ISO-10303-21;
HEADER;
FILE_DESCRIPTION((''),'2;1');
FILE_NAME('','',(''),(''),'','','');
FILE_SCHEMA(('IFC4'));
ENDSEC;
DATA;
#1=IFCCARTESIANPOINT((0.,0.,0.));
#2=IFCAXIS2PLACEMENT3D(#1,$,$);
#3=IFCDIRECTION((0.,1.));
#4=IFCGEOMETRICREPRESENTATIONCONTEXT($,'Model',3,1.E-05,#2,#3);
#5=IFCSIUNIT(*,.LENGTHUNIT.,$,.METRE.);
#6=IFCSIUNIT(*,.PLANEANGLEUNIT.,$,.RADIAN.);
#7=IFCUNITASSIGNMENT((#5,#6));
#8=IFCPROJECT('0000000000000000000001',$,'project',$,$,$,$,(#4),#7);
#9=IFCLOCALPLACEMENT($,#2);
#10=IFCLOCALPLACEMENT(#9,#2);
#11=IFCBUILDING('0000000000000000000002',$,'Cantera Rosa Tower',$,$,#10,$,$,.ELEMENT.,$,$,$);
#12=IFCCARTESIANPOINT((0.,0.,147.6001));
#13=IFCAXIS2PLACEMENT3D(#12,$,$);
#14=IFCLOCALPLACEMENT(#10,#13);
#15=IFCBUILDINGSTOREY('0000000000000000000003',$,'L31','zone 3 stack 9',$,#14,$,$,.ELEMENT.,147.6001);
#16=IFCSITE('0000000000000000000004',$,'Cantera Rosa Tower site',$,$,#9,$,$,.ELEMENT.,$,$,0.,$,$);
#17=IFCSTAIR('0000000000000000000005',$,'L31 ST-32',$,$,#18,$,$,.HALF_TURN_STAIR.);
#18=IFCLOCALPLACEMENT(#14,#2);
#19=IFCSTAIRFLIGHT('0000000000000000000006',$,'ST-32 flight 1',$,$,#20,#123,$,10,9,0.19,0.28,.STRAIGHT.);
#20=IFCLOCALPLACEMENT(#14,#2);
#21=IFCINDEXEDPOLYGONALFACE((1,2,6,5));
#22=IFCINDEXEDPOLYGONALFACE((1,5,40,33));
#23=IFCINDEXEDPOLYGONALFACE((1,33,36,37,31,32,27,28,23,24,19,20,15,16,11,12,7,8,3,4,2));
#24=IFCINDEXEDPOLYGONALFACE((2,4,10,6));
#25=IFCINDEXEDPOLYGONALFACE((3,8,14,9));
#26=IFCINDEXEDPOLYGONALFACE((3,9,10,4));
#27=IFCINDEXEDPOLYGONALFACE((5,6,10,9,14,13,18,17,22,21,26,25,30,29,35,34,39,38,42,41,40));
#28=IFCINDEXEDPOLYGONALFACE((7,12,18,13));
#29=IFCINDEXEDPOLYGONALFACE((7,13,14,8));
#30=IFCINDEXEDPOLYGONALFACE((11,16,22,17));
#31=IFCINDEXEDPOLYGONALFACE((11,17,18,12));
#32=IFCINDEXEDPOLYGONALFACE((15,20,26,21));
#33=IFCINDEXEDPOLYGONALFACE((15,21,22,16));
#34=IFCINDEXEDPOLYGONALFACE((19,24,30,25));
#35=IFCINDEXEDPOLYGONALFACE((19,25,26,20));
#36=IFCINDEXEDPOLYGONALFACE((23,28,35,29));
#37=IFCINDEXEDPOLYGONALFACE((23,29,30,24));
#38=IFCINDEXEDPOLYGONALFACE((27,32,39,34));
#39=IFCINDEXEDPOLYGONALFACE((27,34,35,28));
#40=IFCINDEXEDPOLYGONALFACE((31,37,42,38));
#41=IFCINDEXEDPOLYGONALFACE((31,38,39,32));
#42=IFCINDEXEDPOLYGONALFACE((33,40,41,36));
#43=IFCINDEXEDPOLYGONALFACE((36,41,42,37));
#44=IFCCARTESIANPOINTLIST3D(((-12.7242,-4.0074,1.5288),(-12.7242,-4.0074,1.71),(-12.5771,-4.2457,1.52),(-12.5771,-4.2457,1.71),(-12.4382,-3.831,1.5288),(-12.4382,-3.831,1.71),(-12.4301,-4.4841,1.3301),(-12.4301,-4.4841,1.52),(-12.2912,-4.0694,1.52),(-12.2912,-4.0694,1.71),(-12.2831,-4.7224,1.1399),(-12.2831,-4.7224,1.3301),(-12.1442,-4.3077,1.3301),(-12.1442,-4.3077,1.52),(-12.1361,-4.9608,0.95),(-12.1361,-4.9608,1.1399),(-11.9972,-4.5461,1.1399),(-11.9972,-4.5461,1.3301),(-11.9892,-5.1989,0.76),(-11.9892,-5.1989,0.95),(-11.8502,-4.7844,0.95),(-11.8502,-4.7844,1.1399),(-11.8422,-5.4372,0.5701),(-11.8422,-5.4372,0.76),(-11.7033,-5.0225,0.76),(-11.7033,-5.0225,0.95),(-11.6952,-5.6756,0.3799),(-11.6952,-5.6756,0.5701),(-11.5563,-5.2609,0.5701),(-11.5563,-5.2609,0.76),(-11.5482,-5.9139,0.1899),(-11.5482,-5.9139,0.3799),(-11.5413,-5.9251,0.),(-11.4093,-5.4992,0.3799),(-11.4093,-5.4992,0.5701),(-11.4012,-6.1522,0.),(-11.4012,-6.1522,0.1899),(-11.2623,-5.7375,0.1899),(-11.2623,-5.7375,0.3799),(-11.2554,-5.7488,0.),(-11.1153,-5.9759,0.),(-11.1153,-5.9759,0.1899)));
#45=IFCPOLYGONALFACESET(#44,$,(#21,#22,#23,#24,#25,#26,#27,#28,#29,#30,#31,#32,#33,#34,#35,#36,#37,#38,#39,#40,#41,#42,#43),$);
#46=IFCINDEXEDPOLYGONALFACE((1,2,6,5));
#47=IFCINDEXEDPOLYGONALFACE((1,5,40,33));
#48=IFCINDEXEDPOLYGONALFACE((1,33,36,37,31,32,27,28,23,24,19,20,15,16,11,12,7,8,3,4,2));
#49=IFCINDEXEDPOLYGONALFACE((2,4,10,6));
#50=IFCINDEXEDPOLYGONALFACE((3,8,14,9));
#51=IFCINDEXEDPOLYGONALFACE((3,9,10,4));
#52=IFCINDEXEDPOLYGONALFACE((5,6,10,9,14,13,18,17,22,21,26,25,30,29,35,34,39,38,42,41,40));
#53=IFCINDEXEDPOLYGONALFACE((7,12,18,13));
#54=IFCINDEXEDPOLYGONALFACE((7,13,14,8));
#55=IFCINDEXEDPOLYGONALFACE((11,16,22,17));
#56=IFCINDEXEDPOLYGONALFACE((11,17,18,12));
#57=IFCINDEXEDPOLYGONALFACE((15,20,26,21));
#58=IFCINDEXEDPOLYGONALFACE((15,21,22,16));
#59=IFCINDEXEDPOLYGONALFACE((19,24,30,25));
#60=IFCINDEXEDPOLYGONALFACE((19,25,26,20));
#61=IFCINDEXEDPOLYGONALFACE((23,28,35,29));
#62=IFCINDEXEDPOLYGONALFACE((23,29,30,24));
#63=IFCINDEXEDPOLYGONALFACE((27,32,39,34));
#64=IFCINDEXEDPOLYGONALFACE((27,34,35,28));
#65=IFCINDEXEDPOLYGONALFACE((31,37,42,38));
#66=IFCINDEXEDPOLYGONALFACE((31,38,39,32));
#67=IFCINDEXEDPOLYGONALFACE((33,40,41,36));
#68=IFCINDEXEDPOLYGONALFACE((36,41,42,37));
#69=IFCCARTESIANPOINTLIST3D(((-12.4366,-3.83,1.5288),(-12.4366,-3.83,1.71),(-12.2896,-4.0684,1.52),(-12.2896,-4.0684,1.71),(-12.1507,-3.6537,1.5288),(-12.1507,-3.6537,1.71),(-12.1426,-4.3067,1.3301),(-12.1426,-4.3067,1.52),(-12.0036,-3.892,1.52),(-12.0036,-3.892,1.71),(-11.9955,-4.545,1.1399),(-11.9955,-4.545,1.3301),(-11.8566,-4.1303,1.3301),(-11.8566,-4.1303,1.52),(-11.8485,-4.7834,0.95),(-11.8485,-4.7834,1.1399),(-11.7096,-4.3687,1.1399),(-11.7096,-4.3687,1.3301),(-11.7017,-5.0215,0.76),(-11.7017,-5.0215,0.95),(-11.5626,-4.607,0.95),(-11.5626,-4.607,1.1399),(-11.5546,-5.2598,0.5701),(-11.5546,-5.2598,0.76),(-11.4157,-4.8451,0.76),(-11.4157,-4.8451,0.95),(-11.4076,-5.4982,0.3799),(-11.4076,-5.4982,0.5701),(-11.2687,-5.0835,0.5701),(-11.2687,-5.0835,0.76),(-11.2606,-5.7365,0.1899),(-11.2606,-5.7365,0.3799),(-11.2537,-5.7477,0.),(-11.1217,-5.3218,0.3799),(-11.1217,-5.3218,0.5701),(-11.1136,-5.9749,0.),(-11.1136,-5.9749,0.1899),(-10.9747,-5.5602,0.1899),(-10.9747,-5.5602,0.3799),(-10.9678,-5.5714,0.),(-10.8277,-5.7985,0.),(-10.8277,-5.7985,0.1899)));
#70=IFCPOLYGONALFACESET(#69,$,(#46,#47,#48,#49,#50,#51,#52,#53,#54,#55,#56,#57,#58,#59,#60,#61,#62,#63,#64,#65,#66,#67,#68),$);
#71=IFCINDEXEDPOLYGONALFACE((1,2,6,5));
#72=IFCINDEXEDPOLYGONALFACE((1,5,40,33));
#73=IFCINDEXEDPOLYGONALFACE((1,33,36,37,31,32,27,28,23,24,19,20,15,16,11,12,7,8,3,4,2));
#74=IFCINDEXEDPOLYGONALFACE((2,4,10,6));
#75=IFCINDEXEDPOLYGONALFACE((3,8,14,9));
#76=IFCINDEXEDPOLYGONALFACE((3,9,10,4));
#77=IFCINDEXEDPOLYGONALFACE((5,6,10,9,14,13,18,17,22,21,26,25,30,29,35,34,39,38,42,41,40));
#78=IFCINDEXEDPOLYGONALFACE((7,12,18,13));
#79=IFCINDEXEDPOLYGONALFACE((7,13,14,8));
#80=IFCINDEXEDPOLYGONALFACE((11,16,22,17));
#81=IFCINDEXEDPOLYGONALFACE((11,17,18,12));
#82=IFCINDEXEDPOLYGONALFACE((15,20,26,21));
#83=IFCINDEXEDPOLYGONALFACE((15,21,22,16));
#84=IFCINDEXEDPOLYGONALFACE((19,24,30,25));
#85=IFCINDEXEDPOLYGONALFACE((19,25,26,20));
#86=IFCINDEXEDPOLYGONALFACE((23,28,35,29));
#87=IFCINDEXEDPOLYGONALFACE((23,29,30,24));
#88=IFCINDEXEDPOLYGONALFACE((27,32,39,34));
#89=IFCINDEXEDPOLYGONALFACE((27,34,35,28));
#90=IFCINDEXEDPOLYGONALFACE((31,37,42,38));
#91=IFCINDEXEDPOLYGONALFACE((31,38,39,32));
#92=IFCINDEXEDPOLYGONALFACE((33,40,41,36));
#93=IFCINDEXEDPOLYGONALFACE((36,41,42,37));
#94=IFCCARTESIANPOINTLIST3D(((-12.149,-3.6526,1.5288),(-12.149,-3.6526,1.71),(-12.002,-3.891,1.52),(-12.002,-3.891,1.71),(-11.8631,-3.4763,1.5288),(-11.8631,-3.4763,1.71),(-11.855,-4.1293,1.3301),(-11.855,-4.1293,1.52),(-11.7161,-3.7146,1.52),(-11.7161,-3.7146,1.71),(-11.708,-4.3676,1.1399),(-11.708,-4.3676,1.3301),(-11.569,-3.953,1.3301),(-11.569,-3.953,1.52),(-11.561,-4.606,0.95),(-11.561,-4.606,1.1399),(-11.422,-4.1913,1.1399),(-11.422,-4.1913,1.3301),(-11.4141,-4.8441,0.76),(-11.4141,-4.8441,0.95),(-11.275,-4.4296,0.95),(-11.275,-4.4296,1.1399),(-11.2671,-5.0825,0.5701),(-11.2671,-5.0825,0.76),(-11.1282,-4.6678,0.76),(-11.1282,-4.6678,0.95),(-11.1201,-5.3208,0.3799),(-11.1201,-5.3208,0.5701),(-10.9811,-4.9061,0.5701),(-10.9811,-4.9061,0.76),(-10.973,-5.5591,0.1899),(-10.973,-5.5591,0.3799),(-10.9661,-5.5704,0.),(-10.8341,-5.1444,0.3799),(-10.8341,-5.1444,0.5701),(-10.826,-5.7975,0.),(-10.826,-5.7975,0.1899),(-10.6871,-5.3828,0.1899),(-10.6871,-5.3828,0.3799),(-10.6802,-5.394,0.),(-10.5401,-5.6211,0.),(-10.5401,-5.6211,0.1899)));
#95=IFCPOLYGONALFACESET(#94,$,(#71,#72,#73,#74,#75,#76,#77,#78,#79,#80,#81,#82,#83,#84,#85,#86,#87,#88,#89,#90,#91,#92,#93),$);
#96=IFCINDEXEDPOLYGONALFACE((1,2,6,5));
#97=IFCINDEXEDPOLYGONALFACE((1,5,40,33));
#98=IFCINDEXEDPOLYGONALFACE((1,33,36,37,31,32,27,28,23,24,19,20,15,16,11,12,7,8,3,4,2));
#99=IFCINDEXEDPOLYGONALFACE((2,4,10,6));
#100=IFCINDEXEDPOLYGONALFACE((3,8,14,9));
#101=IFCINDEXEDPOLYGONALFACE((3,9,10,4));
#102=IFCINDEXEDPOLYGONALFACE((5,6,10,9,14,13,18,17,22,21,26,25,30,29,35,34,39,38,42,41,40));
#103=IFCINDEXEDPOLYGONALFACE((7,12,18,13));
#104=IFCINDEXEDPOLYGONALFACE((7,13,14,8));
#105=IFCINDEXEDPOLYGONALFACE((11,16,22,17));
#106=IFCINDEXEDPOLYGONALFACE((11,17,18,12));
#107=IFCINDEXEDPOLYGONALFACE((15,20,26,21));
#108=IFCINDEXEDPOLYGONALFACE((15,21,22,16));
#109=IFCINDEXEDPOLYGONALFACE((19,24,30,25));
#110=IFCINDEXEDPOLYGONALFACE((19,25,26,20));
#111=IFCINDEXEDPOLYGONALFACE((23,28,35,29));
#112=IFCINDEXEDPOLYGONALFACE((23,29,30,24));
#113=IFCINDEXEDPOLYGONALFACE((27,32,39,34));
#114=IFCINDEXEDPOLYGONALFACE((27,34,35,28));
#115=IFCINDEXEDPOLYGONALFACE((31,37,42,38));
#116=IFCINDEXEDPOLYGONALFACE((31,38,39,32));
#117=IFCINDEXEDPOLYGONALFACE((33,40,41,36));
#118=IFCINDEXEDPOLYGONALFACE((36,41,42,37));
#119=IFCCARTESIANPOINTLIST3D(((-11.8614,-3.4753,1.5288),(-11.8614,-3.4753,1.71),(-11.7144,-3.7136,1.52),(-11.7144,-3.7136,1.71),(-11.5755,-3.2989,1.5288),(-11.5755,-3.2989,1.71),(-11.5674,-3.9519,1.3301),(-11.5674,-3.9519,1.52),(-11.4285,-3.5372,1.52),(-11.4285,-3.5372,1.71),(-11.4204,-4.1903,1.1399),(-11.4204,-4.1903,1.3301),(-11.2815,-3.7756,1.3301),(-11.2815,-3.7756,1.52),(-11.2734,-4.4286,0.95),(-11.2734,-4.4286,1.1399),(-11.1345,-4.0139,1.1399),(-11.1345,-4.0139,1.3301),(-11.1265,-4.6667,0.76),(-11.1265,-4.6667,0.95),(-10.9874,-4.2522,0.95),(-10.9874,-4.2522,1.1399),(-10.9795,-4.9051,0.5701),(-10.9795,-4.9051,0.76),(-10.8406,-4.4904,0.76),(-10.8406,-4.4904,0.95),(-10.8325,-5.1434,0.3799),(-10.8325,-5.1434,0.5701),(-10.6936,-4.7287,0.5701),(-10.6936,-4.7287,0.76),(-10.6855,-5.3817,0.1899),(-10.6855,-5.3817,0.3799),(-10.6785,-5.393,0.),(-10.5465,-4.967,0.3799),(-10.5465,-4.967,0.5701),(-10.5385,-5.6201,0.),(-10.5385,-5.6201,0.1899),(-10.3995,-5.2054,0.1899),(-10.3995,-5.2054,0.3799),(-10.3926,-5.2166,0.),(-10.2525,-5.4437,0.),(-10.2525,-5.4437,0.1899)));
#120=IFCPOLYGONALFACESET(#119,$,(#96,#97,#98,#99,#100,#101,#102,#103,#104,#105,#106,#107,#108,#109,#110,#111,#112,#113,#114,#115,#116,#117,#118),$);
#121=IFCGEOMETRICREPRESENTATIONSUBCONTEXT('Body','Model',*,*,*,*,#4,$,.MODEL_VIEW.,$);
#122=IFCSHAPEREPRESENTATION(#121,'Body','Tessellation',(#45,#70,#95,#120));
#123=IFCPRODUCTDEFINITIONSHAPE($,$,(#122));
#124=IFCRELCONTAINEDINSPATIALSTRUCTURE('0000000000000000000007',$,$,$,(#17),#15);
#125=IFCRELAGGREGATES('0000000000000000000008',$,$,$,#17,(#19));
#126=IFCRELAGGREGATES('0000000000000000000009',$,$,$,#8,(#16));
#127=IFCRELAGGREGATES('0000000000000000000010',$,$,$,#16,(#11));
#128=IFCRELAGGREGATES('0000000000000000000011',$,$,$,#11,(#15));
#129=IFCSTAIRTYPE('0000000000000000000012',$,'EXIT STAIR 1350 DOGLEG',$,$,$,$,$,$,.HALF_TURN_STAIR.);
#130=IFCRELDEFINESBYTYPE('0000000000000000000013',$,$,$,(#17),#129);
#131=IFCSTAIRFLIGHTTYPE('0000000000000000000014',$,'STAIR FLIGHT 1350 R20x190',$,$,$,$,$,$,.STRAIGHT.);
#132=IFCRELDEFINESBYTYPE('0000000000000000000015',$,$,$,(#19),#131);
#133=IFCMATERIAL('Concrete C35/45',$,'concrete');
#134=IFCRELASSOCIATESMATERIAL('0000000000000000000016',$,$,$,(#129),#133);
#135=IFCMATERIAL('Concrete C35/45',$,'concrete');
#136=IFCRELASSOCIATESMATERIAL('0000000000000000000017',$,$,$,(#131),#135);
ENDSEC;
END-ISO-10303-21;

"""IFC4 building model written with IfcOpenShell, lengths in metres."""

from ifc_helpers import new_model, si_unit, direction, frame, origin, place, context, subcontext, project, spatial, polyline, outline, extrude, material, type_object, element, aggregate, save


model = new_model("IFC4")

# Units and contexts
model_context = context("Model", 3, precision=1e-05, world=origin(), true_north=direction((0.0, 1.0)))
body_context = subcontext(model_context, "Body", "Model", "MODEL_VIEW")
ifc_project = project(units=[si_unit("LENGTHUNIT", "METRE"), si_unit("PLANEANGLEUNIT", "RADIAN")], contexts=[model_context])

# Site, building, storey
site_placement = place(None, origin())
site = spatial("IfcSite", under=ifc_project, at=site_placement, Name="Cantera Rosa Tower site", CompositionType="ELEMENT", RefElevation=0.0)
building_placement = place(site_placement, origin())
building = spatial("IfcBuilding", under=site, at=building_placement, Name="Cantera Rosa Tower", CompositionType="ELEMENT")
storey_placement = place(building_placement, frame((0.0, 0.0, 147.6001)))
storey = spatial("IfcBuildingStorey", under=building, at=storey_placement, Name="L31", Description="zone 3 stack 9", CompositionType="ELEMENT", Elevation=147.6001)

# Stair, stair flight
ifc_material_1 = material(Name="Concrete C35/45", Category="concrete")
stair_type = type_object("IfcStairType", Name="EXIT STAIR 1350 DOGLEG", PredefinedType="HALF_TURN_STAIR", material=ifc_material_1)
stair_1_placement = place(storey_placement, origin())
stair_1 = element("IfcStair", 1, at=stair_1_placement, inside=storey, type_object=stair_type, Name="L31 ST-32", PredefinedType="HALF_TURN_STAIR")
ifc_material_2 = material(Name="Concrete C35/45", Category="concrete")
stair_flight_type = type_object("IfcStairFlightType", Name="STAIR FLIGHT 1350 R20x190", PredefinedType="STRAIGHT", material=ifc_material_2)
stair_flight_1_placement = place(storey_placement, frame((-10.8267, -5.7979, 0.0), z_axis=(0.0, 0.0, 1.0), x_axis=(-0.524977, 0.851117, 0.0)))
stair_flight_1 = element("IfcStairFlight", 2, at=stair_flight_1_placement, type_object=stair_flight_type, Name="ST-32 flight 1", NumberOfRisers=10, NumberOfTreads=9, PredefinedType="STRAIGHT", RiserHeight=0.19, TreadLength=0.28, context=body_context, shape_type="SweptSolid", body=[
    extrude(outline(polyline([(0.0, 0.0), (0.0, 0.1899), (0.28, 0.1899), (0.28, 0.3799), (0.5601, 0.3799), (0.5601, 0.5701), (0.8401, 0.5701), (0.8401, 0.76), (1.1201, 0.76), (1.1201, 0.95), (1.3999, 0.95), (1.3999, 1.1399), (1.6799, 1.1399), (1.6799, 1.3301), (1.96, 1.3301), (1.96, 1.52), (2.24, 1.52), (2.24, 1.71), (2.52, 1.71), (2.52, 1.8999), (2.52, 1.5288), (0.2668, 0.0), (0.0, 0.0)])), frame((0.0, 0.675, 0.0), z_axis=(0.0, -1.0, 0.0), x_axis=(1.0, 0.0, 0.0)), (0.0, 0.0, 1.0), 0.3359),
    extrude(outline(polyline([(0.0, 0.0), (0.0, 0.1899), (0.28, 0.1899), (0.28, 0.3799), (0.5601, 0.3799), (0.5601, 0.5701), (0.8401, 0.5701), (0.8401, 0.76), (1.1201, 0.76), (1.1201, 0.95), (1.3999, 0.95), (1.3999, 1.1399), (1.6799, 1.1399), (1.6799, 1.3301), (1.96, 1.3301), (1.96, 1.52), (2.24, 1.52), (2.24, 1.71), (2.52, 1.71), (2.52, 1.8999), (2.52, 1.5288), (0.2668, 0.0), (0.0, 0.0)])), frame((0.0, 0.3372, 0.0), z_axis=(0.0, -1.0, 0.0), x_axis=(1.0, 0.0, 0.0)), (0.0, 0.0, 1.0), 0.3359),
    extrude(outline(polyline([(0.0, 0.0), (0.0, 0.1899), (0.28, 0.1899), (0.28, 0.3799), (0.5601, 0.3799), (0.5601, 0.5701), (0.8401, 0.5701), (0.8401, 0.76), (1.1201, 0.76), (1.1201, 0.95), (1.3999, 0.95), (1.3999, 1.1399), (1.6799, 1.1399), (1.6799, 1.3301), (1.96, 1.3301), (1.96, 1.52), (2.24, 1.52), (2.24, 1.71), (2.52, 1.71), (2.52, 1.8999), (2.52, 1.5288), (0.2668, 0.0), (0.0, 0.0)])), frame((0.0, -0.0007, 0.0), z_axis=(0.0, -1.0, 0.0), x_axis=(1.0, 0.0, 0.0)), (0.0, 0.0, 1.0), 0.3359),
    extrude(outline(polyline([(0.0, 0.0), (0.0, 0.1899), (0.28, 0.1899), (0.28, 0.3799), (0.5601, 0.3799), (0.5601, 0.5701), (0.8401, 0.5701), (0.8401, 0.76), (1.1201, 0.76), (1.1201, 0.95), (1.3999, 0.95), (1.3999, 1.1399), (1.6799, 1.1399), (1.6799, 1.3301), (1.96, 1.3301), (1.96, 1.52), (2.24, 1.52), (2.24, 1.71), (2.52, 1.71), (2.52, 1.8999), (2.52, 1.5288), (0.2668, 0.0), (0.0, 0.0)])), frame((0.0, -0.3386, 0.0), z_axis=(0.0, -1.0, 0.0), x_axis=(1.0, 0.0, 0.0)), (0.0, 0.0, 1.0), 0.3359),
])
aggregate(stair_1, [stair_flight_1])

save(model, "model.ifc")
